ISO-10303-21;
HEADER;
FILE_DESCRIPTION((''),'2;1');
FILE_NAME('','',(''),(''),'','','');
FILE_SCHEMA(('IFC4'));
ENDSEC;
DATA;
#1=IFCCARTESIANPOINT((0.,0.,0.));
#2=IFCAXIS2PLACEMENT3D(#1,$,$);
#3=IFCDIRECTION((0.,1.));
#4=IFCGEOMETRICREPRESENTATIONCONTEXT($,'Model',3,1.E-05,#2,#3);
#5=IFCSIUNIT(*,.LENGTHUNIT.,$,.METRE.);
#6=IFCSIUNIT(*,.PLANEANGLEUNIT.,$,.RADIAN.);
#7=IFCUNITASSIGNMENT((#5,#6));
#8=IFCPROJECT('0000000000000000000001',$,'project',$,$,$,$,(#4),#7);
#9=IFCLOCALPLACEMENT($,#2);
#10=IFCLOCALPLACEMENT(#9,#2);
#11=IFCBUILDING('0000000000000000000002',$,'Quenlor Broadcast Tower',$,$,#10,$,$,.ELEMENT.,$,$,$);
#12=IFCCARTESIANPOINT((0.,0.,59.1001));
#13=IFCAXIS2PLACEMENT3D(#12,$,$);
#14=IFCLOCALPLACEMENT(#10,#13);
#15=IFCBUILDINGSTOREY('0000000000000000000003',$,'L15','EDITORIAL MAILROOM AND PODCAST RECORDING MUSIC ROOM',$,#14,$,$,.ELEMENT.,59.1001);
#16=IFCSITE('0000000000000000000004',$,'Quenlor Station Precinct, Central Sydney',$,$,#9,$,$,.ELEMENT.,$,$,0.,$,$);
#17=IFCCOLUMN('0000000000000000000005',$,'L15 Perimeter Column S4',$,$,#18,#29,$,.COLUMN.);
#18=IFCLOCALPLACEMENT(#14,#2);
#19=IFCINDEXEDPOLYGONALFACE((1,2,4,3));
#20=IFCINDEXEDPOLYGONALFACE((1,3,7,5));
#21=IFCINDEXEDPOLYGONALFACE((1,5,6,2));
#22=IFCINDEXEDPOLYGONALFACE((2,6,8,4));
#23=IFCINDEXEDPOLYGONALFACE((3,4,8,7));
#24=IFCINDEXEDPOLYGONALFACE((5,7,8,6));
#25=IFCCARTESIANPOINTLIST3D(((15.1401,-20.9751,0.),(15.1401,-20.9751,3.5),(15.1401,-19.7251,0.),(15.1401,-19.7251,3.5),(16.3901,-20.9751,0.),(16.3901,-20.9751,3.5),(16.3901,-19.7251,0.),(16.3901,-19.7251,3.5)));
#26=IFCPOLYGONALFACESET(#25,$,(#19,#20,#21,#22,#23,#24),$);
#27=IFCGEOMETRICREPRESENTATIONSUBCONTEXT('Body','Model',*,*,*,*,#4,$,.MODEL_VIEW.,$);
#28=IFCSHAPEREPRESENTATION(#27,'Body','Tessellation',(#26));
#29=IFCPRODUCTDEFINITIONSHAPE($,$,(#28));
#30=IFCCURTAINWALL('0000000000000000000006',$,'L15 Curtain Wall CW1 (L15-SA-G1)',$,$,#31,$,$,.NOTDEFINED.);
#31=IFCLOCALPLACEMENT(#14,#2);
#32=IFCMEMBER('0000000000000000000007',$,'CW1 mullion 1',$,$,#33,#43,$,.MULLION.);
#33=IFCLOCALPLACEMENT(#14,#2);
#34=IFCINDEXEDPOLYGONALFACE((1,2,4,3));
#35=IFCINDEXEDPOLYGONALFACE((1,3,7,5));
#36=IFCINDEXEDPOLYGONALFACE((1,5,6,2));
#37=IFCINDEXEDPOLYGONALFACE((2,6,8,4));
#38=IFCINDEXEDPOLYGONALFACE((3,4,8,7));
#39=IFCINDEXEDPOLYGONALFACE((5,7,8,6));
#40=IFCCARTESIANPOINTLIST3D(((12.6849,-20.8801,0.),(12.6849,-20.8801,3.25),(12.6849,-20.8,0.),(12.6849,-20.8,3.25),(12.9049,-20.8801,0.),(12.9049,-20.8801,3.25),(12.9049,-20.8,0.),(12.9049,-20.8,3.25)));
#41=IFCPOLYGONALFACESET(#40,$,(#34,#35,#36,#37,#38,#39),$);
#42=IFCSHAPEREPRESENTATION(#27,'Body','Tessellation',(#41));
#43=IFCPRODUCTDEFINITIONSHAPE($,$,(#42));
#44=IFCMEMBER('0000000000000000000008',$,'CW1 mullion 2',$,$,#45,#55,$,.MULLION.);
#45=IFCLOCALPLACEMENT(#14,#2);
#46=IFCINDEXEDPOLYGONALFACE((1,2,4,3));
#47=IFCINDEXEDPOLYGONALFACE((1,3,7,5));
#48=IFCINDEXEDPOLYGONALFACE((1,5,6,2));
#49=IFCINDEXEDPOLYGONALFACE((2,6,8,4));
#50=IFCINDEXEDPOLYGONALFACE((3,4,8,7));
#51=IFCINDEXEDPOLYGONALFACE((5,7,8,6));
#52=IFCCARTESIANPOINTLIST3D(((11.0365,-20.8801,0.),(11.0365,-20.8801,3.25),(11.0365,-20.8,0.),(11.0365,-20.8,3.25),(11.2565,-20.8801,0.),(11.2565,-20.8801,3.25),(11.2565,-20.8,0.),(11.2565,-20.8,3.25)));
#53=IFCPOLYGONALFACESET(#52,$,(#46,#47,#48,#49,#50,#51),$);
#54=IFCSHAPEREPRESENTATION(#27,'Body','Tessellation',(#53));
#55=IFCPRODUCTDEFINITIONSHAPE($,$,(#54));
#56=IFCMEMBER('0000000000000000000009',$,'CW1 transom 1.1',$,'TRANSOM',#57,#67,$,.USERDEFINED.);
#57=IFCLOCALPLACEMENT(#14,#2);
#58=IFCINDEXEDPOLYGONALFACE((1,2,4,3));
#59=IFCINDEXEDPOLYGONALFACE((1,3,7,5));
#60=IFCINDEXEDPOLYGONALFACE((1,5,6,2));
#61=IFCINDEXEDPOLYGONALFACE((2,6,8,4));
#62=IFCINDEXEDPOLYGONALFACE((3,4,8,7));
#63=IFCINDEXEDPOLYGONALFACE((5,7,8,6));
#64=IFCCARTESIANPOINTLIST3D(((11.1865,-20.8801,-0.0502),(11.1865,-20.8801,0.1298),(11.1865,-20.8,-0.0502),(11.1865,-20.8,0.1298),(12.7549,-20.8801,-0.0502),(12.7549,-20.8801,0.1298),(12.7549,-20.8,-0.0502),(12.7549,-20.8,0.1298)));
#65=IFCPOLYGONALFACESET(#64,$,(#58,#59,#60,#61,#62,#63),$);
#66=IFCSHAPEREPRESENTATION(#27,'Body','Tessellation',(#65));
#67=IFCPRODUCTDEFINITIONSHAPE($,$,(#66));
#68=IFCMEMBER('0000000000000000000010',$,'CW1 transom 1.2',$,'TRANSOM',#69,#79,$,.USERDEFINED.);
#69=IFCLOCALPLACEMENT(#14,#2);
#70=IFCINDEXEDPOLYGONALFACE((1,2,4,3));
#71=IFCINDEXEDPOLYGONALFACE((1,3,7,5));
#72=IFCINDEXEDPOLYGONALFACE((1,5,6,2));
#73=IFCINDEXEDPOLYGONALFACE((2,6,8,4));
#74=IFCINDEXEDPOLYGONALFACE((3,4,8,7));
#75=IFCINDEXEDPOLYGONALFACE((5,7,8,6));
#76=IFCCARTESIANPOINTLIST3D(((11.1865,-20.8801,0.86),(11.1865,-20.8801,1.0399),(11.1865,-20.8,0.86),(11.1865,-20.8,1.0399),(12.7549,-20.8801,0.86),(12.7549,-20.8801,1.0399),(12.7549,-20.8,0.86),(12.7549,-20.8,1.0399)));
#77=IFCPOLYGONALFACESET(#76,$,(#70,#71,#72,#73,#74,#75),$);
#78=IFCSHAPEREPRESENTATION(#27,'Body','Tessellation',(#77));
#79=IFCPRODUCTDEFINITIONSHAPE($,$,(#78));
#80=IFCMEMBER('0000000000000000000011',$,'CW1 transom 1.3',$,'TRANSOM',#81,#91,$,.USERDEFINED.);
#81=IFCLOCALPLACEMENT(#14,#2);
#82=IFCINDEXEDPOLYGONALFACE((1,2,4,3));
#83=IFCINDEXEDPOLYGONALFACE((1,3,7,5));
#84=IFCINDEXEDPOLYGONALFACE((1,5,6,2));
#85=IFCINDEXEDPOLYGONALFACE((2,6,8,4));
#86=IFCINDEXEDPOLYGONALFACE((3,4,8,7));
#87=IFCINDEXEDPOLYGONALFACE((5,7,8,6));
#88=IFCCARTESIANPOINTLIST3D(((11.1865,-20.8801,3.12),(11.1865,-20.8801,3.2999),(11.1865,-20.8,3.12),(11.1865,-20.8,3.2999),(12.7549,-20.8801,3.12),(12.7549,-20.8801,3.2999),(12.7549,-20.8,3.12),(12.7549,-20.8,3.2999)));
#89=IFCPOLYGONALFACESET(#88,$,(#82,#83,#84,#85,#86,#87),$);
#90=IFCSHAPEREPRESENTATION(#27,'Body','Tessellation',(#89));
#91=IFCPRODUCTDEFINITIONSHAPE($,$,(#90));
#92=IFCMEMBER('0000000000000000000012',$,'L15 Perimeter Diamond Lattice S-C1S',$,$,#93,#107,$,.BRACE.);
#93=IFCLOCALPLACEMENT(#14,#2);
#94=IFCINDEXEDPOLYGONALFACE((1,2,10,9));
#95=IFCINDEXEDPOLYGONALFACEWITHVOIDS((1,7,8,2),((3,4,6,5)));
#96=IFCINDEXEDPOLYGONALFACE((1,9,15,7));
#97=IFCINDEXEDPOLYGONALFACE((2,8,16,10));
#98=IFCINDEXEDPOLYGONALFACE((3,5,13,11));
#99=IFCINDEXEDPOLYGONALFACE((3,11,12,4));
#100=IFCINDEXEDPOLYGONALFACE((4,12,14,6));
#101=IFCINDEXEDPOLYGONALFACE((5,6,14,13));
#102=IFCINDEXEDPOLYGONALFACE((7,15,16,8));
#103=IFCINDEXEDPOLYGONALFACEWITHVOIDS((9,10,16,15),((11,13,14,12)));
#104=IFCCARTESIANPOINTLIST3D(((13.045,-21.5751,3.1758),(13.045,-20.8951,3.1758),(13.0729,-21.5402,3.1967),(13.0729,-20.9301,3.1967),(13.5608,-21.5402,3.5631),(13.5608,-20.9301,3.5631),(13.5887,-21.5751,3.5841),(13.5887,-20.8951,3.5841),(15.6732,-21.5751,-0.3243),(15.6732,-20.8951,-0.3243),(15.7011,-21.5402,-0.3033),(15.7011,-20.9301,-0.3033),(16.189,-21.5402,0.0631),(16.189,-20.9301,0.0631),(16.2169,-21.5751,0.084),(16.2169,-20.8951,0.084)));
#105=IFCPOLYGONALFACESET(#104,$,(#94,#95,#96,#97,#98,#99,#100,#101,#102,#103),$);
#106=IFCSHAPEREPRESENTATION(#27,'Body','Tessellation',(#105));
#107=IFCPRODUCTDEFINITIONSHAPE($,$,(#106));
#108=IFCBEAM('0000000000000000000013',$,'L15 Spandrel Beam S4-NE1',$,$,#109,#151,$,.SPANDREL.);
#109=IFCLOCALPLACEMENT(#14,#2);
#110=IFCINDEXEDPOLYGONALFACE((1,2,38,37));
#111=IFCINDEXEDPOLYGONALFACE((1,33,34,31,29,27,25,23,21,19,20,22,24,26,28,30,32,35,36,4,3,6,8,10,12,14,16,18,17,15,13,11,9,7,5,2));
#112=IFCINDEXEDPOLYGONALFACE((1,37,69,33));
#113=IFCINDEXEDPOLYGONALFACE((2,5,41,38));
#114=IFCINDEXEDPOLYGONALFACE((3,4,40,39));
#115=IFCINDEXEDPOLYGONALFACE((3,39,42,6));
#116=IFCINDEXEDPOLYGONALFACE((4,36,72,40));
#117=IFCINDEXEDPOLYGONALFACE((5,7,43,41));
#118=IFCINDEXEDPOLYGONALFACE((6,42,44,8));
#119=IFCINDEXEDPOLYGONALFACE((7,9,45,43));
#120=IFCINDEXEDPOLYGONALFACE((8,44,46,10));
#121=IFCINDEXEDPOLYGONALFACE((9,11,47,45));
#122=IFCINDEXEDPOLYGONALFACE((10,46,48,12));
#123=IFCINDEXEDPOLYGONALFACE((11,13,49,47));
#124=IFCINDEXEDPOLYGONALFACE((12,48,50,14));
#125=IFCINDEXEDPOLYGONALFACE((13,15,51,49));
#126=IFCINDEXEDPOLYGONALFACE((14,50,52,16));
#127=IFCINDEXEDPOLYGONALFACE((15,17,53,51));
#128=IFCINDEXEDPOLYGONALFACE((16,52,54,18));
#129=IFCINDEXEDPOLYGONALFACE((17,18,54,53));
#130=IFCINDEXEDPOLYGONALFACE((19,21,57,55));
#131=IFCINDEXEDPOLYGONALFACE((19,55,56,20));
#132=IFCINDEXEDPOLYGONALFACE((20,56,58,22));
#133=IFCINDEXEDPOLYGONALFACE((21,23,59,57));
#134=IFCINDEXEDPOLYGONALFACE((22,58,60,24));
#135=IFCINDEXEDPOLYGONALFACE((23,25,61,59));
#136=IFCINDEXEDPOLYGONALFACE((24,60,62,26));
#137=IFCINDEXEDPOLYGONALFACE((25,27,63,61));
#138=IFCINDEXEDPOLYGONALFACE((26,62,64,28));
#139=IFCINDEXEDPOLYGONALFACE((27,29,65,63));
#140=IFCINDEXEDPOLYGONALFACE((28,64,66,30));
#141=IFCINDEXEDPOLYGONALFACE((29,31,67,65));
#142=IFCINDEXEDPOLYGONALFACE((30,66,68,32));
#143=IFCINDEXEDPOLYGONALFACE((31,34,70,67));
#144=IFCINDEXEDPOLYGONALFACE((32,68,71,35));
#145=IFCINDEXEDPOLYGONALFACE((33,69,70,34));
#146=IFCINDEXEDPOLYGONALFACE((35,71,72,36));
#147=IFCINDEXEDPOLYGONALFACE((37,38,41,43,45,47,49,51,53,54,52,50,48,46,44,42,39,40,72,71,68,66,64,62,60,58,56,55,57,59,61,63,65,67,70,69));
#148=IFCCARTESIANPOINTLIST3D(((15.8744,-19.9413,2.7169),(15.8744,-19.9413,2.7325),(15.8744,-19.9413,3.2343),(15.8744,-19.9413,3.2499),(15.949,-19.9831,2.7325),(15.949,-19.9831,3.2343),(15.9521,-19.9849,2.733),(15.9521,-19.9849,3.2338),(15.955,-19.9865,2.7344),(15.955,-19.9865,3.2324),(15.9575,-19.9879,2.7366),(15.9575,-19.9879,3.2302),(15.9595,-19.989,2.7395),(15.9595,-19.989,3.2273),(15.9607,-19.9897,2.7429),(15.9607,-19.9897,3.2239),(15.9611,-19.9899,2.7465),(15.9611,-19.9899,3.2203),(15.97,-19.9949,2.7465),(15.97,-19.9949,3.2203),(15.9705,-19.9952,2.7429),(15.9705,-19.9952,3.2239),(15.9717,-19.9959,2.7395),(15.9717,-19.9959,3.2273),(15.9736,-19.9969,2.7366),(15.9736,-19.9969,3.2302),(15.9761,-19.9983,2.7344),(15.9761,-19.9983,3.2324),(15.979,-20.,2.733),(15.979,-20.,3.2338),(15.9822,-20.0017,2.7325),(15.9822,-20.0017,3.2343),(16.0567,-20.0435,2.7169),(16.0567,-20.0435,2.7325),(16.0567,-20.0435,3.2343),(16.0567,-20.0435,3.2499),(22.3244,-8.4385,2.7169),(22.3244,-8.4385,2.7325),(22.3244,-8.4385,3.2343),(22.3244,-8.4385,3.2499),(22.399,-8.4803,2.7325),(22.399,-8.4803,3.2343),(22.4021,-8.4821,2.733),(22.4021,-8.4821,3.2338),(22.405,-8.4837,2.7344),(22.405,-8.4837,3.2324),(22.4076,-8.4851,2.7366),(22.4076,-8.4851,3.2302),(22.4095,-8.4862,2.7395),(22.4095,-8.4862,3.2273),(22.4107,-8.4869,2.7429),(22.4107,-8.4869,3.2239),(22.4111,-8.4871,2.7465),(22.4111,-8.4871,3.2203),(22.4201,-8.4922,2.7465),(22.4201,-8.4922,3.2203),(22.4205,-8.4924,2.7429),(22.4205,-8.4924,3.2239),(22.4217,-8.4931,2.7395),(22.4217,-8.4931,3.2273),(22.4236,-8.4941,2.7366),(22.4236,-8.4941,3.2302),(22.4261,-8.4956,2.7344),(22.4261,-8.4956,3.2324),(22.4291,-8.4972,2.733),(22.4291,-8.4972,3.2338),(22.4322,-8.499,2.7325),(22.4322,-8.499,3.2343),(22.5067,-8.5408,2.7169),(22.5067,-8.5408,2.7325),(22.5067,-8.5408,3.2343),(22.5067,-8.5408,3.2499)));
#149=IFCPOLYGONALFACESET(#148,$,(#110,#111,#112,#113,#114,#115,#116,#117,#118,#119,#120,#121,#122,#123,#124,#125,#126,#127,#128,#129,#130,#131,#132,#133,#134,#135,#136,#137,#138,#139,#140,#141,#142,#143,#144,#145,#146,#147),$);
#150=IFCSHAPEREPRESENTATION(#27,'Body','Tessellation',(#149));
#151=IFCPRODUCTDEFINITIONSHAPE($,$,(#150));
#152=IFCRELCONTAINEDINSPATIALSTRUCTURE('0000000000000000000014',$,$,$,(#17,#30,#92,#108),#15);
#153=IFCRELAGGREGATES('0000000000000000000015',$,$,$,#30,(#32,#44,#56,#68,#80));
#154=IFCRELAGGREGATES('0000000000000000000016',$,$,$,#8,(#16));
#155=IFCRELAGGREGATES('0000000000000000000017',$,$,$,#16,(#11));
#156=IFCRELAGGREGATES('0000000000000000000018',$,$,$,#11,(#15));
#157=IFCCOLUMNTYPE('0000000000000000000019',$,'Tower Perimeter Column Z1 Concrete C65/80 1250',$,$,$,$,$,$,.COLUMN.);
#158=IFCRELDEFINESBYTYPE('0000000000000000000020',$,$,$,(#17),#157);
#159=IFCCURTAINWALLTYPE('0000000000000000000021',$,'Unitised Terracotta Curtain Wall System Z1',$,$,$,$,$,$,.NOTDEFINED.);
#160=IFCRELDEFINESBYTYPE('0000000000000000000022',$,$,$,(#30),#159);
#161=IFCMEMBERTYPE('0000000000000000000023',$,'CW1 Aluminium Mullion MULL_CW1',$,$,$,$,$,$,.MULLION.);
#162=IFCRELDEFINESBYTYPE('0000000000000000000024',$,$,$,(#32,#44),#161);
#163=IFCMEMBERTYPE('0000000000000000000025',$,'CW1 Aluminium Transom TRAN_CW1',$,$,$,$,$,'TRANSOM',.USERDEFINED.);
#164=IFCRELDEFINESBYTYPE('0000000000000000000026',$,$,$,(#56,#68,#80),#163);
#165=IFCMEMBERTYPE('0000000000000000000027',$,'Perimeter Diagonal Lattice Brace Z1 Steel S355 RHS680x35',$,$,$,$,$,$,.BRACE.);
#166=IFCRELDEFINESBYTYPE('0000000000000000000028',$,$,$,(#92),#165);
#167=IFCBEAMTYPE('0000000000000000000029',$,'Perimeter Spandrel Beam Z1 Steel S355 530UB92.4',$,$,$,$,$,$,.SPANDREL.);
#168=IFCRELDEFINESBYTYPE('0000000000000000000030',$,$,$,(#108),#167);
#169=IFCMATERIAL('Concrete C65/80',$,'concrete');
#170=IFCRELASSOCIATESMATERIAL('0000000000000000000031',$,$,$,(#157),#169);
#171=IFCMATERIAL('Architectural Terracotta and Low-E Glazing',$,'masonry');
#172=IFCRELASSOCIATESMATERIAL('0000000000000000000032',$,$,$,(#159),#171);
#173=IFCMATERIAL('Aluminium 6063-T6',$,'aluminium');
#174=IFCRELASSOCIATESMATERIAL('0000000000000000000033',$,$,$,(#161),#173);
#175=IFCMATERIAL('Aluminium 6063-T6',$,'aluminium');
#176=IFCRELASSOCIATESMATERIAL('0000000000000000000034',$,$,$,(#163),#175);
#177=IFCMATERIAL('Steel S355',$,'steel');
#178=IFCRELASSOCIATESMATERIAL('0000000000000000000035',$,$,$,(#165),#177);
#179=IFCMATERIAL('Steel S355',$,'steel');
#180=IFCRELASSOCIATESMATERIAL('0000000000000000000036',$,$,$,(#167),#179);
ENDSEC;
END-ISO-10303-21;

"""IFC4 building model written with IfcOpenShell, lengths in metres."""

from ifc_helpers import new_model, si_unit, direction, frame, origin, origin_2d, place, context, subcontext, project, spatial, rectangle, hollow_rectangle, i_section, extrude, material, material_profile, profile_set, type_object, element, aggregate, save


model = new_model("IFC4")

# Units and contexts
model_context = context("Model", 3, precision=1e-05, world=origin(), true_north=direction((0.0, 1.0)))
body_context = subcontext(model_context, "Body", "Model", "MODEL_VIEW")
ifc_project = project(units=[si_unit("LENGTHUNIT", "METRE"), si_unit("PLANEANGLEUNIT", "RADIAN")], contexts=[model_context])

# Site, building, storey
site_placement = place(None, origin())
site = spatial("IfcSite", under=ifc_project, at=site_placement, Name="Quenlor Station Precinct, Central Sydney", CompositionType="ELEMENT", RefElevation=0.0)
building_placement = place(site_placement, origin())
building = spatial("IfcBuilding", under=site, at=building_placement, Name="Quenlor Broadcast Tower", CompositionType="ELEMENT")
storey_placement = place(building_placement, frame((0.0, 0.0, 59.1001)))
storey = spatial("IfcBuildingStorey", under=building, at=storey_placement, Name="L15", Description="EDITORIAL MAILROOM AND PODCAST RECORDING MUSIC ROOM", CompositionType="ELEMENT", Elevation=59.1001)

# Column
ifc_material_1 = material(Name="Concrete C65/80", Category="concrete")
ifc_material_profile_1 = material_profile(ifc_material_1, rectangle(XDim=1.25, YDim=1.25, at=origin_2d()))
ifc_profile_set_1 = profile_set([ifc_material_profile_1], Name="Concrete C65/80 RC1250x1250")
column_type = type_object("IfcColumnType", Name="Tower Perimeter Column Z1 Concrete C65/80 1250", PredefinedType="COLUMN", material=ifc_profile_set_1)
column_placement = place(storey_placement, frame((15.7651, -20.3501, 0.0), z_axis=(0.0, 0.0, 1.0), x_axis=(0.0, 1.0, 0.0)))
element("IfcColumn", 1, at=column_placement, inside=storey, type_object=column_type, Name="L15 Perimeter Column S4", PredefinedType="COLUMN", context=body_context, shape_type="SweptSolid", body=[
    extrude(rectangle(XDim=1.25, YDim=1.25, at=origin_2d()), origin(), (0.0, 0.0, 1.0), 3.5),
])

# Curtain wall, members
ifc_material_2 = material(Name="Architectural Terracotta and Low-E Glazing", Category="masonry")
curtain_wall_type = type_object("IfcCurtainWallType", Name="Unitised Terracotta Curtain Wall System Z1", PredefinedType="NOTDEFINED", material=ifc_material_2)
curtain_wall_placement = place(storey_placement, origin())
curtain_wall = element("IfcCurtainWall", 2, at=curtain_wall_placement, inside=storey, type_object=curtain_wall_type, Name="L15 Curtain Wall CW1 (L15-SA-G1)", PredefinedType="NOTDEFINED")
ifc_material_3 = material(Name="Aluminium 6063-T6", Category="aluminium")
ifc_material_profile_2 = material_profile(ifc_material_3, rectangle(XDim=0.0801, YDim=0.22, at=origin_2d()))
ifc_profile_set_2 = profile_set([ifc_material_profile_2], Name="Aluminium 6063-T6 MULL80x220")
member_type_1 = type_object("IfcMemberType", Name="CW1 Aluminium Mullion MULL_CW1", PredefinedType="MULLION", material=ifc_profile_set_2)
member_1_placement = place(storey_placement, frame((12.7949, -20.8401, 0.0), z_axis=(0.0, 0.0, 1.0), x_axis=(0.0, -1.0, 0.0)))
member_1 = element("IfcMember", 3, at=member_1_placement, type_object=member_type_1, Name="CW1 mullion 1", PredefinedType="MULLION", context=body_context, shape_type="SweptSolid", body=[
    extrude(rectangle(XDim=0.0801, YDim=0.22, at=origin_2d()), origin(), (0.0, 0.0, 1.0), 3.25),
])
member_2_placement = place(storey_placement, frame((11.1465, -20.8401, 0.0), z_axis=(0.0, 0.0, 1.0), x_axis=(0.0, -1.0, 0.0)))
member_2 = element("IfcMember", 4, at=member_2_placement, type_object=member_type_1, Name="CW1 mullion 2", PredefinedType="MULLION", context=body_context, shape_type="SweptSolid", body=[
    extrude(rectangle(XDim=0.0801, YDim=0.22, at=origin_2d()), origin(), (0.0, 0.0, 1.0), 3.25),
])
ifc_material_4 = material(Name="Aluminium 6063-T6", Category="aluminium")
ifc_material_profile_3 = material_profile(ifc_material_4, rectangle(XDim=0.0801, YDim=0.1799, at=origin_2d()))
ifc_profile_set_3 = profile_set([ifc_material_profile_3], Name="Aluminium 6063-T6 TRAN80x180")
member_type_2 = type_object("IfcMemberType", Name="CW1 Aluminium Transom TRAN_CW1", ElementType="TRANSOM", PredefinedType="USERDEFINED", material=ifc_profile_set_3)
member_3_placement = place(storey_placement, frame((12.7549, -20.8401, 0.0398), z_axis=(-1.0, 0.0, 0.0), x_axis=(0.0, -1.0, 0.0)))
member_3 = element("IfcMember", 5, at=member_3_placement, type_object=member_type_2, Name="CW1 transom 1.1", ObjectType="TRANSOM", PredefinedType="USERDEFINED", context=body_context, shape_type="SweptSolid", body=[
    extrude(rectangle(XDim=0.0801, YDim=0.1799, at=origin_2d()), origin(), (0.0, 0.0, 1.0), 1.5684),
])
member_4_placement = place(storey_placement, frame((12.7549, -20.8401, 0.95), z_axis=(-1.0, 0.0, 0.0), x_axis=(0.0, -1.0, 0.0)))
member_4 = element("IfcMember", 6, at=member_4_placement, type_object=member_type_2, Name="CW1 transom 1.2", ObjectType="TRANSOM", PredefinedType="USERDEFINED", context=body_context, shape_type="SweptSolid", body=[
    extrude(rectangle(XDim=0.0801, YDim=0.1799, at=origin_2d()), origin(), (0.0, 0.0, 1.0), 1.5684),
])
member_5_placement = place(storey_placement, frame((12.7549, -20.8401, 3.21), z_axis=(-1.0, 0.0, 0.0), x_axis=(0.0, -1.0, 0.0)))
member_5 = element("IfcMember", 7, at=member_5_placement, type_object=member_type_2, Name="CW1 transom 1.3", ObjectType="TRANSOM", PredefinedType="USERDEFINED", context=body_context, shape_type="SweptSolid", body=[
    extrude(rectangle(XDim=0.0801, YDim=0.1799, at=origin_2d()), origin(), (0.0, 0.0, 1.0), 1.5684),
])

# Member
ifc_material_5 = material(Name="Steel S355", Category="steel")
ifc_material_profile_4 = material_profile(ifc_material_5, hollow_rectangle(XDim=0.6799, YDim=0.6799, WallThickness=0.0349, at=origin_2d()))
ifc_profile_set_4 = profile_set([ifc_material_profile_4], Name="Steel S355 RHS680x680x35")
member_type_3 = type_object("IfcMemberType", Name="Perimeter Diagonal Lattice Brace Z1 Steel S355 RHS680x35", PredefinedType="BRACE", material=ifc_profile_set_4)
member_6_placement = place(storey_placement, frame((15.9451, -21.2351, -0.1201), z_axis=(-0.600464, 0.0, 0.799652), x_axis=(0.0, -1.0, 0.0)))
element("IfcMember", 8, at=member_6_placement, inside=storey, type_object=member_type_3, Name="L15 Perimeter Diamond Lattice S-C1S", PredefinedType="BRACE", context=body_context, shape_type="SweptSolid", body=[
    extrude(hollow_rectangle(XDim=0.6799, YDim=0.6799, WallThickness=0.0349, at=origin_2d()), origin(), (0.0, 0.0, 1.0), 4.377),
])

# Beam
ifc_material_6 = material(Name="Steel S355", Category="steel")
ifc_material_profile_5 = material_profile(ifc_material_6, i_section(OverallWidth=0.209, OverallDepth=0.533, WebThickness=0.0103, FlangeThickness=0.0156, FilletRadius=0.0139, at=origin_2d()))
ifc_profile_set_5 = profile_set([ifc_material_profile_5], Name="Steel S355 530UB92.4")
beam_type_1 = type_object("IfcBeamType", Name="Perimeter Spandrel Beam Z1 Steel S355 530UB92.4", PredefinedType="SPANDREL", material=ifc_profile_set_5)
beam_1_placement = place(storey_placement, frame((15.9656, -19.9924, 2.9834), z_axis=(0.489091, 0.872233, 0.0), x_axis=(-0.872233, 0.489091, 0.0)))
element("IfcBeam", 9, at=beam_1_placement, inside=storey, type_object=beam_type_1, Name="L15 Spandrel Beam S4-NE1", PredefinedType="SPANDREL", context=body_context, shape_type="SweptSolid", body=[
    extrude(i_section(OverallWidth=0.209, OverallDepth=0.533, WebThickness=0.0103, FlangeThickness=0.0156, FilletRadius=0.0139, at=origin_2d()), origin(), (0.0, 0.0, 1.0), 13.1877),
])

aggregate(curtain_wall, [member_1, member_2, member_3, member_4, member_5])

save(model, "model.ifc")
